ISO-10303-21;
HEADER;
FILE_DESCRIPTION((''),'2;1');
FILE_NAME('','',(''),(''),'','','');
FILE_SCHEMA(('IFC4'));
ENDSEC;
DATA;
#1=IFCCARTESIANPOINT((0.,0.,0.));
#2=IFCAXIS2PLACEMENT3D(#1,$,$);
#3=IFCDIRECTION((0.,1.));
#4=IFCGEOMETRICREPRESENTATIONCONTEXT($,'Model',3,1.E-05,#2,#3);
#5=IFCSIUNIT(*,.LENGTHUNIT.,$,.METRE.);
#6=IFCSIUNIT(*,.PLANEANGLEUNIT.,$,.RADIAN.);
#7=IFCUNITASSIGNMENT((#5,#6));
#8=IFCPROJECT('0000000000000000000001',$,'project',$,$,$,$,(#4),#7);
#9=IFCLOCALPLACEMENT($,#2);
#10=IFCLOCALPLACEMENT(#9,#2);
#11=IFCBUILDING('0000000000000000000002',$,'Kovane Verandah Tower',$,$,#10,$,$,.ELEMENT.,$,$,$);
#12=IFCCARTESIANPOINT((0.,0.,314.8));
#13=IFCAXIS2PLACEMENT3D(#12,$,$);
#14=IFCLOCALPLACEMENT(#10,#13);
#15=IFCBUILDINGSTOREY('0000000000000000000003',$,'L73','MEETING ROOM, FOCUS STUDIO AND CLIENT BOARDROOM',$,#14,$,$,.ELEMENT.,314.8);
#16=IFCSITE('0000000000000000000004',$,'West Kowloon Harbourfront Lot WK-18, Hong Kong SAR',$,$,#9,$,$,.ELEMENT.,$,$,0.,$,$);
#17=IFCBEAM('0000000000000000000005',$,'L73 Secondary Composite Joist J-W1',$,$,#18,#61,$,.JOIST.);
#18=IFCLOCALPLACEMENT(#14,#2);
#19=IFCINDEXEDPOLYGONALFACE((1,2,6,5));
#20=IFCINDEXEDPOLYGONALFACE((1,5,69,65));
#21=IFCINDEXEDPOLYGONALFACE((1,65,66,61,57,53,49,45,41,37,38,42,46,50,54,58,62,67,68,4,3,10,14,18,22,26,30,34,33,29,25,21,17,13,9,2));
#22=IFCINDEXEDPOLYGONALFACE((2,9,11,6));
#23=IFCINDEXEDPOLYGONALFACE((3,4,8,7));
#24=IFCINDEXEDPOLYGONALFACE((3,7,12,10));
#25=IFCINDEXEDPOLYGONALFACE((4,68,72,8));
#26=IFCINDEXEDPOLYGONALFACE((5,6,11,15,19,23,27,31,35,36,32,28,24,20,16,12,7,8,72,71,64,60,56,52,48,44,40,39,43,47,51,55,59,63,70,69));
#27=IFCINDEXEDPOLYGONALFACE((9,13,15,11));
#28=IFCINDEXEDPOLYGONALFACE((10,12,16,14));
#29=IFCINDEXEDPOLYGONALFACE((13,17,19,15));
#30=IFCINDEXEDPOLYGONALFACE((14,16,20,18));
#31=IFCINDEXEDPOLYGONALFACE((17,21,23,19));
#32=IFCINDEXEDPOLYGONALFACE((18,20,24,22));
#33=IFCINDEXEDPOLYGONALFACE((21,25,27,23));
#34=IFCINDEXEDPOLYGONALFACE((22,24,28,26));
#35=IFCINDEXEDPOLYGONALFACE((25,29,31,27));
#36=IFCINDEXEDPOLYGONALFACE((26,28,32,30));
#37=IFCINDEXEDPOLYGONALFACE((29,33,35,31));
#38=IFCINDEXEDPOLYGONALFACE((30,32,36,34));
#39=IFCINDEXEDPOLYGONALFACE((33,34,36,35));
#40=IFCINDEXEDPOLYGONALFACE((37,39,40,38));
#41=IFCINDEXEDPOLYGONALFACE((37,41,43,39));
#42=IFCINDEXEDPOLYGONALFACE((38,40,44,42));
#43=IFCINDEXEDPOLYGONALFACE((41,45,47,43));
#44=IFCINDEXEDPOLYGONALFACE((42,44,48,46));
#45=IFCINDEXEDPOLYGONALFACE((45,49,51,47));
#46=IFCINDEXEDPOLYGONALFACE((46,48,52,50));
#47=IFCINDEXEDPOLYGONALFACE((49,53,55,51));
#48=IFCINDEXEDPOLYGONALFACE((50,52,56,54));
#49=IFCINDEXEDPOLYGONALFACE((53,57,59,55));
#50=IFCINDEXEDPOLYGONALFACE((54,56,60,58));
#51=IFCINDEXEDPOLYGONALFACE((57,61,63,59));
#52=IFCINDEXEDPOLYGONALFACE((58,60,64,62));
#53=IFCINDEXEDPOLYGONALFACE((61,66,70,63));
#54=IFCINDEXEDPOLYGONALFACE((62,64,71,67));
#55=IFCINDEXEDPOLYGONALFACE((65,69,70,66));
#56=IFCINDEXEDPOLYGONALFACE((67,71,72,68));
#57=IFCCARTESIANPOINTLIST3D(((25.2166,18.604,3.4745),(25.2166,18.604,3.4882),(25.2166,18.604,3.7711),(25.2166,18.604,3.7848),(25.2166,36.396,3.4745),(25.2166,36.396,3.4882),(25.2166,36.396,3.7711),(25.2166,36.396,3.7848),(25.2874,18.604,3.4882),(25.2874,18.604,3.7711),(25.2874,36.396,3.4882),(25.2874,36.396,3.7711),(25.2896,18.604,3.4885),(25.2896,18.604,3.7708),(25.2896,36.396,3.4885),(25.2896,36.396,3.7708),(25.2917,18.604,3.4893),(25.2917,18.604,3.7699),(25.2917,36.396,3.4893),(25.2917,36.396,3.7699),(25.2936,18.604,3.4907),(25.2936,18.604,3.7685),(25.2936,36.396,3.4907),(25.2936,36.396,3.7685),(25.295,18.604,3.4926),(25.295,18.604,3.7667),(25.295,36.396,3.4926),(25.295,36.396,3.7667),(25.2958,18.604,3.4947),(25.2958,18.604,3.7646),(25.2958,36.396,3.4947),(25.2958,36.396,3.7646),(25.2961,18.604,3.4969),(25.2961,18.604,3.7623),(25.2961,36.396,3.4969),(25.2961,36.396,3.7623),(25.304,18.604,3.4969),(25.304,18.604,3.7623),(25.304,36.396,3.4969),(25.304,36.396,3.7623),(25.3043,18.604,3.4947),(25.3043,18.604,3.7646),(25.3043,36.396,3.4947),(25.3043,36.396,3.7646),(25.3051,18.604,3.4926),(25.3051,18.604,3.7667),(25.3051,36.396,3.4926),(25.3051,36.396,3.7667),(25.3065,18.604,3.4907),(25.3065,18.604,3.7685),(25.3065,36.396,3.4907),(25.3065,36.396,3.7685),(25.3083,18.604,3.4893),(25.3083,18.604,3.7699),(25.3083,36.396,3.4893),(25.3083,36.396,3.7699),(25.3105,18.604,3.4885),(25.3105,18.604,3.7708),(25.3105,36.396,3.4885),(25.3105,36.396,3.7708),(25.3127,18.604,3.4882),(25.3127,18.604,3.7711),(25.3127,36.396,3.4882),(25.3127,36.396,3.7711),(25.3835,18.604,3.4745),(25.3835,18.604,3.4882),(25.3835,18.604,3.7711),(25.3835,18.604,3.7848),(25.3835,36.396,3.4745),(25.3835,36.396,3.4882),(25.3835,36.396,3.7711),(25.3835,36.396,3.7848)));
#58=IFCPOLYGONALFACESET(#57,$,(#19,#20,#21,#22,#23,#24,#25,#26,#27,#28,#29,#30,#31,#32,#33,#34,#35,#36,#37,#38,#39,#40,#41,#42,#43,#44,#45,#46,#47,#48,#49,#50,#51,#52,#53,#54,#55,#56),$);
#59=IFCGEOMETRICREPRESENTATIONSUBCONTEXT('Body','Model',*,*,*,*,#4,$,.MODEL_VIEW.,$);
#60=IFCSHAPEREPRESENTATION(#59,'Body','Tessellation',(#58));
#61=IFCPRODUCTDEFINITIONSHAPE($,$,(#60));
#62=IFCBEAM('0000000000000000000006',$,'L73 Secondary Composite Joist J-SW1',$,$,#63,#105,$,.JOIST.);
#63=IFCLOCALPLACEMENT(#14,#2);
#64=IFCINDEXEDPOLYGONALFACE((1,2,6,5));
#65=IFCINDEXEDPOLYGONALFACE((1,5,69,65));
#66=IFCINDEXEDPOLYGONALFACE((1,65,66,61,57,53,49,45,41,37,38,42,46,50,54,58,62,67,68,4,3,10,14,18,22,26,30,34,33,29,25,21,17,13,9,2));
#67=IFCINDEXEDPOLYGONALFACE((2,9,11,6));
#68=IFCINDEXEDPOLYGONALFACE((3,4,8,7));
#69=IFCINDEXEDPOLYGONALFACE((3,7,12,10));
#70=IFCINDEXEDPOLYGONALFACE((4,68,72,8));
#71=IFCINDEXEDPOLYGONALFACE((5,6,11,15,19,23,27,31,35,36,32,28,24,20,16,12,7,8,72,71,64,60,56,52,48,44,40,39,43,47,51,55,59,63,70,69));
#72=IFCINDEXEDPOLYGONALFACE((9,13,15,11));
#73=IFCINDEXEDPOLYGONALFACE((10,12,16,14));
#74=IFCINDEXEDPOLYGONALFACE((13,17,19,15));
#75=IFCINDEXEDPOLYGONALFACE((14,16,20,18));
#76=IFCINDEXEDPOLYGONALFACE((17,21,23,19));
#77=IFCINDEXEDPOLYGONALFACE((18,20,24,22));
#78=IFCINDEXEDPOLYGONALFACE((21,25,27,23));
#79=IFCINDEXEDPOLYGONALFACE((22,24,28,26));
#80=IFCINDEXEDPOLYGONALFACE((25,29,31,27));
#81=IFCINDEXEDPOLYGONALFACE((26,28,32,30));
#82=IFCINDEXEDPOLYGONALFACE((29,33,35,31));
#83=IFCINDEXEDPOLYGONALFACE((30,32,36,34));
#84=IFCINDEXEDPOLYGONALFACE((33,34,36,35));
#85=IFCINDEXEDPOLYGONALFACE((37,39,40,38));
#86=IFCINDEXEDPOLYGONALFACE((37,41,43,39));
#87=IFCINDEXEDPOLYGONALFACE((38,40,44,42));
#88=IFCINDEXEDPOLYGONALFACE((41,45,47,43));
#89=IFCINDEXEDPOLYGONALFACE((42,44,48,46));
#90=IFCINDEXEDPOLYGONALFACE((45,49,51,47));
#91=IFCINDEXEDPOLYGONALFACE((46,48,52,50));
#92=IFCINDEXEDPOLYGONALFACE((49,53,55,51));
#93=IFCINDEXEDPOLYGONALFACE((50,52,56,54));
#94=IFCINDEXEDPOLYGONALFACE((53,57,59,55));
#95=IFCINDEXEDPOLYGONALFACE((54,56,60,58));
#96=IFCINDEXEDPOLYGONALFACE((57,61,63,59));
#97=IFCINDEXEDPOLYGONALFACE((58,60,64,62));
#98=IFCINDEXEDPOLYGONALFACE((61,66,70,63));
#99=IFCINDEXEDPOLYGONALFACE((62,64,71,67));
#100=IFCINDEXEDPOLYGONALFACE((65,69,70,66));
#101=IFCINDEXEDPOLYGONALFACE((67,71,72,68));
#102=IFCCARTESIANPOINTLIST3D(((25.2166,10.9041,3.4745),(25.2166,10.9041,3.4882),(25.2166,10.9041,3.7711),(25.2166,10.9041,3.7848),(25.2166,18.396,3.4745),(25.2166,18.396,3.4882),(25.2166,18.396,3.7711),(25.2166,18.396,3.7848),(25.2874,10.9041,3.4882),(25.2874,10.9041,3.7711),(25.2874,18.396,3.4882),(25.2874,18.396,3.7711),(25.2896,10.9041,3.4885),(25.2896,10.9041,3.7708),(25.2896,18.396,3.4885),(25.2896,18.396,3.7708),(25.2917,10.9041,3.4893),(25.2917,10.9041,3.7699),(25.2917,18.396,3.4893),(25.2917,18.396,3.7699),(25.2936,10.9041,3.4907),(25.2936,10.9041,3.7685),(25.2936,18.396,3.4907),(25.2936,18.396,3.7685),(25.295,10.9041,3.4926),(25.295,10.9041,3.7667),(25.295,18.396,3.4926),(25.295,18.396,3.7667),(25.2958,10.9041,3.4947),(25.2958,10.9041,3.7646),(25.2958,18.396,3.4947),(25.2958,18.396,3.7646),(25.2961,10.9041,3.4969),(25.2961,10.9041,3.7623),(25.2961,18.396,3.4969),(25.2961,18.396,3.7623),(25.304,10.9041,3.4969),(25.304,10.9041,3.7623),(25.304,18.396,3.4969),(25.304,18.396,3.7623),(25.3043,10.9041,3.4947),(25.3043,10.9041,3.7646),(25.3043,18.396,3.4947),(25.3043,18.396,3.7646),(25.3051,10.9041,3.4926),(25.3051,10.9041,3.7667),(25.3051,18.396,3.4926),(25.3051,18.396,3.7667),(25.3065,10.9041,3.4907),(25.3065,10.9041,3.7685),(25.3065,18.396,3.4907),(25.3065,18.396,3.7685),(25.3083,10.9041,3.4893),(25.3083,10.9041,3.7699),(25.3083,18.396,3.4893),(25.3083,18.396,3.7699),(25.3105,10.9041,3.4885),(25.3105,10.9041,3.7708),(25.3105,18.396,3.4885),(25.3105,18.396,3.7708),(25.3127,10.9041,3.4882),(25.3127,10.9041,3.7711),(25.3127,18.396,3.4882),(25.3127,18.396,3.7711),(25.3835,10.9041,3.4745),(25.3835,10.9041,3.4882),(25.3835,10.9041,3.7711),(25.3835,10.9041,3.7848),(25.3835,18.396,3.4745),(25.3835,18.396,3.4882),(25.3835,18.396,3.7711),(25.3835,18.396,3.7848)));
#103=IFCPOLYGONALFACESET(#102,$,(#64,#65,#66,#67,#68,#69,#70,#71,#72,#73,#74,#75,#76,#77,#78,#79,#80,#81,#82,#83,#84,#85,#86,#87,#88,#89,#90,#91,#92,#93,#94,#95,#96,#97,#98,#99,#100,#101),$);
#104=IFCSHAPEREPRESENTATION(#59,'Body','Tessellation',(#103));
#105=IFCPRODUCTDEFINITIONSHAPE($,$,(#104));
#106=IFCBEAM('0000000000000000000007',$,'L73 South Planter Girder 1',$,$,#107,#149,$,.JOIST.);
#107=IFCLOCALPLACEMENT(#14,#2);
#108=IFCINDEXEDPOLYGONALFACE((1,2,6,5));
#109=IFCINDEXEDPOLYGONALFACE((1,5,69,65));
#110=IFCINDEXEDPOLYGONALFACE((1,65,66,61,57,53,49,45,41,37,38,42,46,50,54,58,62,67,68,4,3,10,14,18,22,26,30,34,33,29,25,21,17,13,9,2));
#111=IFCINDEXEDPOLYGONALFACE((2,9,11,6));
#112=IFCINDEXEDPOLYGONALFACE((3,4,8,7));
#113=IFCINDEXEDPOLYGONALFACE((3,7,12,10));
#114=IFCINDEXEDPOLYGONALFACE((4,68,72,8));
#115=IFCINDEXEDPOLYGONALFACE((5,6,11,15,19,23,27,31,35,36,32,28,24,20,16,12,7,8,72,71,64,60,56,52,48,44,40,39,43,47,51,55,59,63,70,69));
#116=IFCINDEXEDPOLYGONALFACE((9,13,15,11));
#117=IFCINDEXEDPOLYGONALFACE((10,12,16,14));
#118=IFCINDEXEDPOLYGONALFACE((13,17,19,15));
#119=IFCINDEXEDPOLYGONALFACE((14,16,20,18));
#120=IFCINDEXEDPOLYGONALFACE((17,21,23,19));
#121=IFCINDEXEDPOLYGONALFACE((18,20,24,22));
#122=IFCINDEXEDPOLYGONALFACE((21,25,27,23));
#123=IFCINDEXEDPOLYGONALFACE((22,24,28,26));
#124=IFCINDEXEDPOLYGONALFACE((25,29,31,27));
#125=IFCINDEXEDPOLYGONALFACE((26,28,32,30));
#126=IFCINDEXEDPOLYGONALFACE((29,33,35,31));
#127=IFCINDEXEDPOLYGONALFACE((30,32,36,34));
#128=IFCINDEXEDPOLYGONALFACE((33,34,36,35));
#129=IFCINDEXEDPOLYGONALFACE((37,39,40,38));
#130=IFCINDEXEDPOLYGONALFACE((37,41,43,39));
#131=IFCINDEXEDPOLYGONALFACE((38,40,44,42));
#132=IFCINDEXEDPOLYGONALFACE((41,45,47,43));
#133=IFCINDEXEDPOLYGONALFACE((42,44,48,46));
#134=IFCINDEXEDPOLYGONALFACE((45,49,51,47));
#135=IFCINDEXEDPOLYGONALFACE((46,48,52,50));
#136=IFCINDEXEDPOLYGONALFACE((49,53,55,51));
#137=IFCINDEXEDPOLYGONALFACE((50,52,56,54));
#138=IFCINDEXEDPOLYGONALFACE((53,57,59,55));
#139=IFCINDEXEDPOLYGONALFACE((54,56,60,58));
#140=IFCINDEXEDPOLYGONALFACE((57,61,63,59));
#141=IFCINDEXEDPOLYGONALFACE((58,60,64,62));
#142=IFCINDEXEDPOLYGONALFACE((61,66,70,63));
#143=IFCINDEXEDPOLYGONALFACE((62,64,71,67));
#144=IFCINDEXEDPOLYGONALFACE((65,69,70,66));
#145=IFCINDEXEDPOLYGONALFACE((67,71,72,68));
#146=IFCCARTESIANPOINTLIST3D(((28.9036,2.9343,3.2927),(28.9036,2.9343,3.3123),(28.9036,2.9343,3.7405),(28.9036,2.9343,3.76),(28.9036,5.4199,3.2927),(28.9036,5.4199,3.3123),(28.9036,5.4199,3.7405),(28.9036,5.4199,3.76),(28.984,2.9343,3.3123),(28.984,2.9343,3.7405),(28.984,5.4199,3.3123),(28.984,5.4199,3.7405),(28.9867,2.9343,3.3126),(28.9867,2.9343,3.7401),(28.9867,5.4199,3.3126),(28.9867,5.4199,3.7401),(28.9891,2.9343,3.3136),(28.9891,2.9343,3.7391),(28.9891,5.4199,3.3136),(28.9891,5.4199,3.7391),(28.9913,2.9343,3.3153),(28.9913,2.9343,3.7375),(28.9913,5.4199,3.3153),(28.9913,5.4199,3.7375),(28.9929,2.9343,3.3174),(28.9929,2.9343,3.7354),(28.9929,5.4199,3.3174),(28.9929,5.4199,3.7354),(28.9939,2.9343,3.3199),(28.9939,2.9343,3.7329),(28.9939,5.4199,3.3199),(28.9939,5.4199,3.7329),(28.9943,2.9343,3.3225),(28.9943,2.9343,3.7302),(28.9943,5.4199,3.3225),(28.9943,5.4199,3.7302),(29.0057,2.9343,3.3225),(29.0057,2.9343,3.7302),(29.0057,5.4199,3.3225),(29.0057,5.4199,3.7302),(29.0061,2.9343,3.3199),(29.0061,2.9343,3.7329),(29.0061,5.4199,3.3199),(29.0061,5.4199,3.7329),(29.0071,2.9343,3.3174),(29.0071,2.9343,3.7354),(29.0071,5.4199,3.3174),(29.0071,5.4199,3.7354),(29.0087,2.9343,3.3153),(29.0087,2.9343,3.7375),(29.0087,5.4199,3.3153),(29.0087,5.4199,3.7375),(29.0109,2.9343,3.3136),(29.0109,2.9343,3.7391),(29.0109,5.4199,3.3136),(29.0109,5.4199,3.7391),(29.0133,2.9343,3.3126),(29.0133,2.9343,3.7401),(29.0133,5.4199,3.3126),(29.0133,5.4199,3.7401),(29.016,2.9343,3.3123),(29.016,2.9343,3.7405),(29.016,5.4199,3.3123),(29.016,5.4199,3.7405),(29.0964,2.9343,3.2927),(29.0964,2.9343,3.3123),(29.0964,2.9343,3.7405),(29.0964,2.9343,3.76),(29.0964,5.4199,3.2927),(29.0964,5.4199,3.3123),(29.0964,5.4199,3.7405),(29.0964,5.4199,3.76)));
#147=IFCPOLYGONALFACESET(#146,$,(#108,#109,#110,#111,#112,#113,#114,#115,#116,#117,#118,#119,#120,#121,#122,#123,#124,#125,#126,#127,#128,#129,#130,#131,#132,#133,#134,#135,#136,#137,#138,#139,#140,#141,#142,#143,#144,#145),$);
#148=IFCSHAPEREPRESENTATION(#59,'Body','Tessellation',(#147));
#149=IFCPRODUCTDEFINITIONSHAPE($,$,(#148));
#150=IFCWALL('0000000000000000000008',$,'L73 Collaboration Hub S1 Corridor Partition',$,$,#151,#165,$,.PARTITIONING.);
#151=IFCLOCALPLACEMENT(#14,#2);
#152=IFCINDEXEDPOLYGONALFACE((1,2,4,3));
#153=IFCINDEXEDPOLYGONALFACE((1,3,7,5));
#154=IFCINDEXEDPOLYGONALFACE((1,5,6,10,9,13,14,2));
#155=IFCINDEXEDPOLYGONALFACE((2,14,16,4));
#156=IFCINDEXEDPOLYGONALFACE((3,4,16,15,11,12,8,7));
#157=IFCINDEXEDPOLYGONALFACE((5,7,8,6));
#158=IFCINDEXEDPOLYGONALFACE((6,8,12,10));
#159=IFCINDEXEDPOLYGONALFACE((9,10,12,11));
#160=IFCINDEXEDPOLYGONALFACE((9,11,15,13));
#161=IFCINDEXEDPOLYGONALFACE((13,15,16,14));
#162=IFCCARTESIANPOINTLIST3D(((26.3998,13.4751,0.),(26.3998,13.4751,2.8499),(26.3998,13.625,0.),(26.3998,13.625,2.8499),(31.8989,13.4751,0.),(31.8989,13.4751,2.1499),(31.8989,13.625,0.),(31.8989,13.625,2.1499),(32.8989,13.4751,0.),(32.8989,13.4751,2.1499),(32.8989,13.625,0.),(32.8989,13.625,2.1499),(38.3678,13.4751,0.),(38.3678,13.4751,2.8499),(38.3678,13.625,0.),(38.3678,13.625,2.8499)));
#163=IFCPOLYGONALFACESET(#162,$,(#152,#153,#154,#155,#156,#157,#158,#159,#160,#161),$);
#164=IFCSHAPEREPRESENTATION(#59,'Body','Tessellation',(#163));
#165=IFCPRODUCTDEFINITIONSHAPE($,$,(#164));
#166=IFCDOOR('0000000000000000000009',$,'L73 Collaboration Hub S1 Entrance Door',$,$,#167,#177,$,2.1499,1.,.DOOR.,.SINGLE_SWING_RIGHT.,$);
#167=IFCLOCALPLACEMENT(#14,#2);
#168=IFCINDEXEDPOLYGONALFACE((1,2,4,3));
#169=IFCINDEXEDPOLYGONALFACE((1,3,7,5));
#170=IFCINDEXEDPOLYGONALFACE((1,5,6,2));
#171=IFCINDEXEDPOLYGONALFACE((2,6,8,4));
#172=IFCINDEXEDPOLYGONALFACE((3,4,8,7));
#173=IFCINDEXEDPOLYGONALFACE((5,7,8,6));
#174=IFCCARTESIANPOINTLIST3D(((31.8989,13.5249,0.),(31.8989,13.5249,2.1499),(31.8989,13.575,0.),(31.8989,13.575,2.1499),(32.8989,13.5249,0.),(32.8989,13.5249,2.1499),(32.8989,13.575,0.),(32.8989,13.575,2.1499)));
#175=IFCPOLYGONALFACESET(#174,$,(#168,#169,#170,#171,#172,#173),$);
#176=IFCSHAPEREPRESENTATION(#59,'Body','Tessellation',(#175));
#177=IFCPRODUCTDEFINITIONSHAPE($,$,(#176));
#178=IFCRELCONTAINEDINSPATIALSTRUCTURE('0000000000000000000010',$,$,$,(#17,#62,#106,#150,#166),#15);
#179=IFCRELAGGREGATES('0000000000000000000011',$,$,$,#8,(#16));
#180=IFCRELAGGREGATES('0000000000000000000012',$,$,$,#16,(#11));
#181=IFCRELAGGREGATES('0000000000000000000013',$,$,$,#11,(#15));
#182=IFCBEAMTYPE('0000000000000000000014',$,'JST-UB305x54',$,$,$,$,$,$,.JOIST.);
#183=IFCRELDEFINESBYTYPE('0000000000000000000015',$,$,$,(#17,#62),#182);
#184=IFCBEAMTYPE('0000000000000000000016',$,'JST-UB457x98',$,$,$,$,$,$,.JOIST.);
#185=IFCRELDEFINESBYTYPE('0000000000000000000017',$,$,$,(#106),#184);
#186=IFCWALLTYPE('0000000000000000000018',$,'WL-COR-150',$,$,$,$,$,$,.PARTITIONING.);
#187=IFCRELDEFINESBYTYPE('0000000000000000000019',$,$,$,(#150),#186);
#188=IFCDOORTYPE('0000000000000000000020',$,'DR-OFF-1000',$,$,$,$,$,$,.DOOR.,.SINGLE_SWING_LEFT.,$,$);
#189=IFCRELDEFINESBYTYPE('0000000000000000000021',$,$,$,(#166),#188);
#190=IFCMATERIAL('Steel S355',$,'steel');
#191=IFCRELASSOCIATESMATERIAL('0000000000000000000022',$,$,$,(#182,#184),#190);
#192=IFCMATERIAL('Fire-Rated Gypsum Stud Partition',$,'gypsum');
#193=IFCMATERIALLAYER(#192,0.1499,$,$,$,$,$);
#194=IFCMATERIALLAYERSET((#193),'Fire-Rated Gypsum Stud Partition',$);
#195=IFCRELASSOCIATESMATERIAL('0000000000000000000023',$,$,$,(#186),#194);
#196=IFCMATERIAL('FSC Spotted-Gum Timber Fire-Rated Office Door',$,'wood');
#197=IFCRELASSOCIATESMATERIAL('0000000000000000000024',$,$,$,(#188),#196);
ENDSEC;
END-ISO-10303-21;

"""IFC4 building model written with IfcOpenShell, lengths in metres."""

from ifc_helpers import new_model, si_unit, direction, frame, frame_2d, origin, origin_2d, place, context, subcontext, project, spatial, rectangle, i_section, extrude, material, layer, layer_set, material_profile, profile_set, type_object, element, fill, save


model = new_model("IFC4")

# Units and contexts
model_context = context("Model", 3, precision=1e-05, world=origin(), true_north=direction((0.0, 1.0)))
body_context = subcontext(model_context, "Body", "Model", "MODEL_VIEW")
ifc_project = project(units=[si_unit("LENGTHUNIT", "METRE"), si_unit("PLANEANGLEUNIT", "RADIAN")], contexts=[model_context])

# Site, building, storey
site_placement = place(None, origin())
site = spatial("IfcSite", under=ifc_project, at=site_placement, Name="West Kowloon Harbourfront Lot WK-18, Hong Kong SAR", CompositionType="ELEMENT", RefElevation=0.0)
building_placement = place(site_placement, origin())
building = spatial("IfcBuilding", under=site, at=building_placement, Name="Kovane Verandah Tower", CompositionType="ELEMENT")
storey_placement = place(building_placement, frame((0.0, 0.0, 314.8)))
storey = spatial("IfcBuildingStorey", under=building, at=storey_placement, Name="L73", Description="MEETING ROOM, FOCUS STUDIO AND CLIENT BOARDROOM", CompositionType="ELEMENT", Elevation=314.8)

# Beams
ifc_material_1 = material(Name="Steel S355", Category="steel")
ifc_material_profile_1 = material_profile(ifc_material_1, i_section(OverallWidth=0.167, OverallDepth=0.3103, WebThickness=0.0078, FlangeThickness=0.0137, FilletRadius=0.0088, at=origin_2d()), Name="UB305x165x54")
ifc_profile_set_1 = profile_set([ifc_material_profile_1], Name="Steel S355")
beam_type_1 = type_object("IfcBeamType", Name="JST-UB305x54", PredefinedType="JOIST", material=ifc_profile_set_1)
beam_1_placement = place(storey_placement, frame((25.3, 18.604, 3.6296), z_axis=(0.0, 1.0, 0.0), x_axis=(-1.0, 0.0, 0.0)))
element("IfcBeam", 1, at=beam_1_placement, inside=storey, type_object=beam_type_1, Name="L73 Secondary Composite Joist J-W1", PredefinedType="JOIST", context=body_context, shape_type="SweptSolid", body=[
    extrude(i_section(OverallWidth=0.167, OverallDepth=0.3103, WebThickness=0.0078, FlangeThickness=0.0137, FilletRadius=0.0088, at=origin_2d()), origin(), (0.0, 0.0, 1.0), 17.792),
])
beam_2_placement = place(storey_placement, frame((25.3, 10.9041, 3.6296), z_axis=(0.0, 1.0, 0.0), x_axis=(-1.0, 0.0, 0.0)))
element("IfcBeam", 2, at=beam_2_placement, inside=storey, type_object=beam_type_1, Name="L73 Secondary Composite Joist J-SW1", PredefinedType="JOIST", context=body_context, shape_type="SweptSolid", body=[
    extrude(i_section(OverallWidth=0.167, OverallDepth=0.3103, WebThickness=0.0078, FlangeThickness=0.0137, FilletRadius=0.0088, at=origin_2d()), origin(), (0.0, 0.0, 1.0), 7.4919),
])
ifc_material_profile_2 = material_profile(ifc_material_1, i_section(OverallWidth=0.1929, OverallDepth=0.4673, WebThickness=0.0115, FlangeThickness=0.0195, FilletRadius=0.0103, at=origin_2d()), Name="UB457x191x98")
ifc_profile_set_2 = profile_set([ifc_material_profile_2], Name="Steel S355")
beam_type_2 = type_object("IfcBeamType", Name="JST-UB457x98", PredefinedType="JOIST", material=ifc_profile_set_2)
beam_3_placement = place(storey_placement, frame((29.0, 5.4199, 3.5264), z_axis=(0.0, -1.0, 0.0), x_axis=(1.0, 0.0, 0.0)))
element("IfcBeam", 3, at=beam_3_placement, inside=storey, type_object=beam_type_2, Name="L73 South Planter Girder 1", PredefinedType="JOIST", context=body_context, shape_type="SweptSolid", body=[
    extrude(i_section(OverallWidth=0.1929, OverallDepth=0.4673, WebThickness=0.0115, FlangeThickness=0.0195, FilletRadius=0.0103, at=origin_2d()), origin(), (0.0, 0.0, 1.0), 2.4856),
])

# Wall, opening, door
ifc_material_2 = material(Name="Fire-Rated Gypsum Stud Partition", Category="gypsum")
ifc_layer_1 = layer(ifc_material_2, 0.1499)
ifc_layer_set_1 = layer_set([ifc_layer_1], Name="Fire-Rated Gypsum Stud Partition")
wall_type_1 = type_object("IfcWallType", Name="WL-COR-150", PredefinedType="PARTITIONING", material=ifc_layer_set_1)
wall_1_placement = place(storey_placement, frame((26.3999, 13.55, 0.0), z_axis=(0.0, 0.0, 1.0), x_axis=(1.0, 0.0, 0.0)))
wall_1 = element("IfcWall", 4, at=wall_1_placement, inside=storey, type_object=wall_type_1, Name="L73 Collaboration Hub S1 Corridor Partition", PredefinedType="PARTITIONING", context=body_context, shape_type="SweptSolid", body=[
    extrude(rectangle(XDim=11.968, YDim=0.1499, at=frame_2d((5.9839, 0.0))), origin(), (0.0, 0.0, 1.0), 2.8499),
])
opening_1_placement = place(wall_1_placement, frame((5.499, 0.0, 0.0)))
opening_1 = element("IfcOpeningElement", 5, at=opening_1_placement, cuts=wall_1, PredefinedType="OPENING", context=body_context, shape_type="SweptSolid", body=[
    extrude(rectangle(XDim=1.0, YDim=2.1499, at=frame_2d((0.5, 1.075))), frame((0.0, 0.075, 0.0), z_axis=(0.0, -1.0, 0.0), x_axis=(1.0, 0.0, 0.0)), (0.0, 0.0, 1.0), 0.1499),
])
ifc_material_3 = material(Name="FSC Spotted-Gum Timber Fire-Rated Office Door", Category="wood")
door_type_1 = type_object("IfcDoorType", Name="DR-OFF-1000", OperationType="SINGLE_SWING_LEFT", PredefinedType="DOOR", material=ifc_material_3)
door_1_placement = place(opening_1_placement, origin())
door_1 = element("IfcDoor", 6, at=door_1_placement, inside=storey, type_object=door_type_1, Name="L73 Collaboration Hub S1 Entrance Door", OperationType="SINGLE_SWING_RIGHT", OverallHeight=2.1499, OverallWidth=1.0, PredefinedType="DOOR", context=body_context, shape_type="SweptSolid", body=[
    extrude(rectangle(XDim=1.0, YDim=2.1499, at=frame_2d((0.5, 1.075))), frame((0.0, 0.0249, 0.0), z_axis=(0.0, -1.0, 0.0), x_axis=(1.0, 0.0, 0.0)), (0.0, 0.0, 1.0), 0.05),
])
fill(opening_1, door_1)

save(model, "model.ifc")
